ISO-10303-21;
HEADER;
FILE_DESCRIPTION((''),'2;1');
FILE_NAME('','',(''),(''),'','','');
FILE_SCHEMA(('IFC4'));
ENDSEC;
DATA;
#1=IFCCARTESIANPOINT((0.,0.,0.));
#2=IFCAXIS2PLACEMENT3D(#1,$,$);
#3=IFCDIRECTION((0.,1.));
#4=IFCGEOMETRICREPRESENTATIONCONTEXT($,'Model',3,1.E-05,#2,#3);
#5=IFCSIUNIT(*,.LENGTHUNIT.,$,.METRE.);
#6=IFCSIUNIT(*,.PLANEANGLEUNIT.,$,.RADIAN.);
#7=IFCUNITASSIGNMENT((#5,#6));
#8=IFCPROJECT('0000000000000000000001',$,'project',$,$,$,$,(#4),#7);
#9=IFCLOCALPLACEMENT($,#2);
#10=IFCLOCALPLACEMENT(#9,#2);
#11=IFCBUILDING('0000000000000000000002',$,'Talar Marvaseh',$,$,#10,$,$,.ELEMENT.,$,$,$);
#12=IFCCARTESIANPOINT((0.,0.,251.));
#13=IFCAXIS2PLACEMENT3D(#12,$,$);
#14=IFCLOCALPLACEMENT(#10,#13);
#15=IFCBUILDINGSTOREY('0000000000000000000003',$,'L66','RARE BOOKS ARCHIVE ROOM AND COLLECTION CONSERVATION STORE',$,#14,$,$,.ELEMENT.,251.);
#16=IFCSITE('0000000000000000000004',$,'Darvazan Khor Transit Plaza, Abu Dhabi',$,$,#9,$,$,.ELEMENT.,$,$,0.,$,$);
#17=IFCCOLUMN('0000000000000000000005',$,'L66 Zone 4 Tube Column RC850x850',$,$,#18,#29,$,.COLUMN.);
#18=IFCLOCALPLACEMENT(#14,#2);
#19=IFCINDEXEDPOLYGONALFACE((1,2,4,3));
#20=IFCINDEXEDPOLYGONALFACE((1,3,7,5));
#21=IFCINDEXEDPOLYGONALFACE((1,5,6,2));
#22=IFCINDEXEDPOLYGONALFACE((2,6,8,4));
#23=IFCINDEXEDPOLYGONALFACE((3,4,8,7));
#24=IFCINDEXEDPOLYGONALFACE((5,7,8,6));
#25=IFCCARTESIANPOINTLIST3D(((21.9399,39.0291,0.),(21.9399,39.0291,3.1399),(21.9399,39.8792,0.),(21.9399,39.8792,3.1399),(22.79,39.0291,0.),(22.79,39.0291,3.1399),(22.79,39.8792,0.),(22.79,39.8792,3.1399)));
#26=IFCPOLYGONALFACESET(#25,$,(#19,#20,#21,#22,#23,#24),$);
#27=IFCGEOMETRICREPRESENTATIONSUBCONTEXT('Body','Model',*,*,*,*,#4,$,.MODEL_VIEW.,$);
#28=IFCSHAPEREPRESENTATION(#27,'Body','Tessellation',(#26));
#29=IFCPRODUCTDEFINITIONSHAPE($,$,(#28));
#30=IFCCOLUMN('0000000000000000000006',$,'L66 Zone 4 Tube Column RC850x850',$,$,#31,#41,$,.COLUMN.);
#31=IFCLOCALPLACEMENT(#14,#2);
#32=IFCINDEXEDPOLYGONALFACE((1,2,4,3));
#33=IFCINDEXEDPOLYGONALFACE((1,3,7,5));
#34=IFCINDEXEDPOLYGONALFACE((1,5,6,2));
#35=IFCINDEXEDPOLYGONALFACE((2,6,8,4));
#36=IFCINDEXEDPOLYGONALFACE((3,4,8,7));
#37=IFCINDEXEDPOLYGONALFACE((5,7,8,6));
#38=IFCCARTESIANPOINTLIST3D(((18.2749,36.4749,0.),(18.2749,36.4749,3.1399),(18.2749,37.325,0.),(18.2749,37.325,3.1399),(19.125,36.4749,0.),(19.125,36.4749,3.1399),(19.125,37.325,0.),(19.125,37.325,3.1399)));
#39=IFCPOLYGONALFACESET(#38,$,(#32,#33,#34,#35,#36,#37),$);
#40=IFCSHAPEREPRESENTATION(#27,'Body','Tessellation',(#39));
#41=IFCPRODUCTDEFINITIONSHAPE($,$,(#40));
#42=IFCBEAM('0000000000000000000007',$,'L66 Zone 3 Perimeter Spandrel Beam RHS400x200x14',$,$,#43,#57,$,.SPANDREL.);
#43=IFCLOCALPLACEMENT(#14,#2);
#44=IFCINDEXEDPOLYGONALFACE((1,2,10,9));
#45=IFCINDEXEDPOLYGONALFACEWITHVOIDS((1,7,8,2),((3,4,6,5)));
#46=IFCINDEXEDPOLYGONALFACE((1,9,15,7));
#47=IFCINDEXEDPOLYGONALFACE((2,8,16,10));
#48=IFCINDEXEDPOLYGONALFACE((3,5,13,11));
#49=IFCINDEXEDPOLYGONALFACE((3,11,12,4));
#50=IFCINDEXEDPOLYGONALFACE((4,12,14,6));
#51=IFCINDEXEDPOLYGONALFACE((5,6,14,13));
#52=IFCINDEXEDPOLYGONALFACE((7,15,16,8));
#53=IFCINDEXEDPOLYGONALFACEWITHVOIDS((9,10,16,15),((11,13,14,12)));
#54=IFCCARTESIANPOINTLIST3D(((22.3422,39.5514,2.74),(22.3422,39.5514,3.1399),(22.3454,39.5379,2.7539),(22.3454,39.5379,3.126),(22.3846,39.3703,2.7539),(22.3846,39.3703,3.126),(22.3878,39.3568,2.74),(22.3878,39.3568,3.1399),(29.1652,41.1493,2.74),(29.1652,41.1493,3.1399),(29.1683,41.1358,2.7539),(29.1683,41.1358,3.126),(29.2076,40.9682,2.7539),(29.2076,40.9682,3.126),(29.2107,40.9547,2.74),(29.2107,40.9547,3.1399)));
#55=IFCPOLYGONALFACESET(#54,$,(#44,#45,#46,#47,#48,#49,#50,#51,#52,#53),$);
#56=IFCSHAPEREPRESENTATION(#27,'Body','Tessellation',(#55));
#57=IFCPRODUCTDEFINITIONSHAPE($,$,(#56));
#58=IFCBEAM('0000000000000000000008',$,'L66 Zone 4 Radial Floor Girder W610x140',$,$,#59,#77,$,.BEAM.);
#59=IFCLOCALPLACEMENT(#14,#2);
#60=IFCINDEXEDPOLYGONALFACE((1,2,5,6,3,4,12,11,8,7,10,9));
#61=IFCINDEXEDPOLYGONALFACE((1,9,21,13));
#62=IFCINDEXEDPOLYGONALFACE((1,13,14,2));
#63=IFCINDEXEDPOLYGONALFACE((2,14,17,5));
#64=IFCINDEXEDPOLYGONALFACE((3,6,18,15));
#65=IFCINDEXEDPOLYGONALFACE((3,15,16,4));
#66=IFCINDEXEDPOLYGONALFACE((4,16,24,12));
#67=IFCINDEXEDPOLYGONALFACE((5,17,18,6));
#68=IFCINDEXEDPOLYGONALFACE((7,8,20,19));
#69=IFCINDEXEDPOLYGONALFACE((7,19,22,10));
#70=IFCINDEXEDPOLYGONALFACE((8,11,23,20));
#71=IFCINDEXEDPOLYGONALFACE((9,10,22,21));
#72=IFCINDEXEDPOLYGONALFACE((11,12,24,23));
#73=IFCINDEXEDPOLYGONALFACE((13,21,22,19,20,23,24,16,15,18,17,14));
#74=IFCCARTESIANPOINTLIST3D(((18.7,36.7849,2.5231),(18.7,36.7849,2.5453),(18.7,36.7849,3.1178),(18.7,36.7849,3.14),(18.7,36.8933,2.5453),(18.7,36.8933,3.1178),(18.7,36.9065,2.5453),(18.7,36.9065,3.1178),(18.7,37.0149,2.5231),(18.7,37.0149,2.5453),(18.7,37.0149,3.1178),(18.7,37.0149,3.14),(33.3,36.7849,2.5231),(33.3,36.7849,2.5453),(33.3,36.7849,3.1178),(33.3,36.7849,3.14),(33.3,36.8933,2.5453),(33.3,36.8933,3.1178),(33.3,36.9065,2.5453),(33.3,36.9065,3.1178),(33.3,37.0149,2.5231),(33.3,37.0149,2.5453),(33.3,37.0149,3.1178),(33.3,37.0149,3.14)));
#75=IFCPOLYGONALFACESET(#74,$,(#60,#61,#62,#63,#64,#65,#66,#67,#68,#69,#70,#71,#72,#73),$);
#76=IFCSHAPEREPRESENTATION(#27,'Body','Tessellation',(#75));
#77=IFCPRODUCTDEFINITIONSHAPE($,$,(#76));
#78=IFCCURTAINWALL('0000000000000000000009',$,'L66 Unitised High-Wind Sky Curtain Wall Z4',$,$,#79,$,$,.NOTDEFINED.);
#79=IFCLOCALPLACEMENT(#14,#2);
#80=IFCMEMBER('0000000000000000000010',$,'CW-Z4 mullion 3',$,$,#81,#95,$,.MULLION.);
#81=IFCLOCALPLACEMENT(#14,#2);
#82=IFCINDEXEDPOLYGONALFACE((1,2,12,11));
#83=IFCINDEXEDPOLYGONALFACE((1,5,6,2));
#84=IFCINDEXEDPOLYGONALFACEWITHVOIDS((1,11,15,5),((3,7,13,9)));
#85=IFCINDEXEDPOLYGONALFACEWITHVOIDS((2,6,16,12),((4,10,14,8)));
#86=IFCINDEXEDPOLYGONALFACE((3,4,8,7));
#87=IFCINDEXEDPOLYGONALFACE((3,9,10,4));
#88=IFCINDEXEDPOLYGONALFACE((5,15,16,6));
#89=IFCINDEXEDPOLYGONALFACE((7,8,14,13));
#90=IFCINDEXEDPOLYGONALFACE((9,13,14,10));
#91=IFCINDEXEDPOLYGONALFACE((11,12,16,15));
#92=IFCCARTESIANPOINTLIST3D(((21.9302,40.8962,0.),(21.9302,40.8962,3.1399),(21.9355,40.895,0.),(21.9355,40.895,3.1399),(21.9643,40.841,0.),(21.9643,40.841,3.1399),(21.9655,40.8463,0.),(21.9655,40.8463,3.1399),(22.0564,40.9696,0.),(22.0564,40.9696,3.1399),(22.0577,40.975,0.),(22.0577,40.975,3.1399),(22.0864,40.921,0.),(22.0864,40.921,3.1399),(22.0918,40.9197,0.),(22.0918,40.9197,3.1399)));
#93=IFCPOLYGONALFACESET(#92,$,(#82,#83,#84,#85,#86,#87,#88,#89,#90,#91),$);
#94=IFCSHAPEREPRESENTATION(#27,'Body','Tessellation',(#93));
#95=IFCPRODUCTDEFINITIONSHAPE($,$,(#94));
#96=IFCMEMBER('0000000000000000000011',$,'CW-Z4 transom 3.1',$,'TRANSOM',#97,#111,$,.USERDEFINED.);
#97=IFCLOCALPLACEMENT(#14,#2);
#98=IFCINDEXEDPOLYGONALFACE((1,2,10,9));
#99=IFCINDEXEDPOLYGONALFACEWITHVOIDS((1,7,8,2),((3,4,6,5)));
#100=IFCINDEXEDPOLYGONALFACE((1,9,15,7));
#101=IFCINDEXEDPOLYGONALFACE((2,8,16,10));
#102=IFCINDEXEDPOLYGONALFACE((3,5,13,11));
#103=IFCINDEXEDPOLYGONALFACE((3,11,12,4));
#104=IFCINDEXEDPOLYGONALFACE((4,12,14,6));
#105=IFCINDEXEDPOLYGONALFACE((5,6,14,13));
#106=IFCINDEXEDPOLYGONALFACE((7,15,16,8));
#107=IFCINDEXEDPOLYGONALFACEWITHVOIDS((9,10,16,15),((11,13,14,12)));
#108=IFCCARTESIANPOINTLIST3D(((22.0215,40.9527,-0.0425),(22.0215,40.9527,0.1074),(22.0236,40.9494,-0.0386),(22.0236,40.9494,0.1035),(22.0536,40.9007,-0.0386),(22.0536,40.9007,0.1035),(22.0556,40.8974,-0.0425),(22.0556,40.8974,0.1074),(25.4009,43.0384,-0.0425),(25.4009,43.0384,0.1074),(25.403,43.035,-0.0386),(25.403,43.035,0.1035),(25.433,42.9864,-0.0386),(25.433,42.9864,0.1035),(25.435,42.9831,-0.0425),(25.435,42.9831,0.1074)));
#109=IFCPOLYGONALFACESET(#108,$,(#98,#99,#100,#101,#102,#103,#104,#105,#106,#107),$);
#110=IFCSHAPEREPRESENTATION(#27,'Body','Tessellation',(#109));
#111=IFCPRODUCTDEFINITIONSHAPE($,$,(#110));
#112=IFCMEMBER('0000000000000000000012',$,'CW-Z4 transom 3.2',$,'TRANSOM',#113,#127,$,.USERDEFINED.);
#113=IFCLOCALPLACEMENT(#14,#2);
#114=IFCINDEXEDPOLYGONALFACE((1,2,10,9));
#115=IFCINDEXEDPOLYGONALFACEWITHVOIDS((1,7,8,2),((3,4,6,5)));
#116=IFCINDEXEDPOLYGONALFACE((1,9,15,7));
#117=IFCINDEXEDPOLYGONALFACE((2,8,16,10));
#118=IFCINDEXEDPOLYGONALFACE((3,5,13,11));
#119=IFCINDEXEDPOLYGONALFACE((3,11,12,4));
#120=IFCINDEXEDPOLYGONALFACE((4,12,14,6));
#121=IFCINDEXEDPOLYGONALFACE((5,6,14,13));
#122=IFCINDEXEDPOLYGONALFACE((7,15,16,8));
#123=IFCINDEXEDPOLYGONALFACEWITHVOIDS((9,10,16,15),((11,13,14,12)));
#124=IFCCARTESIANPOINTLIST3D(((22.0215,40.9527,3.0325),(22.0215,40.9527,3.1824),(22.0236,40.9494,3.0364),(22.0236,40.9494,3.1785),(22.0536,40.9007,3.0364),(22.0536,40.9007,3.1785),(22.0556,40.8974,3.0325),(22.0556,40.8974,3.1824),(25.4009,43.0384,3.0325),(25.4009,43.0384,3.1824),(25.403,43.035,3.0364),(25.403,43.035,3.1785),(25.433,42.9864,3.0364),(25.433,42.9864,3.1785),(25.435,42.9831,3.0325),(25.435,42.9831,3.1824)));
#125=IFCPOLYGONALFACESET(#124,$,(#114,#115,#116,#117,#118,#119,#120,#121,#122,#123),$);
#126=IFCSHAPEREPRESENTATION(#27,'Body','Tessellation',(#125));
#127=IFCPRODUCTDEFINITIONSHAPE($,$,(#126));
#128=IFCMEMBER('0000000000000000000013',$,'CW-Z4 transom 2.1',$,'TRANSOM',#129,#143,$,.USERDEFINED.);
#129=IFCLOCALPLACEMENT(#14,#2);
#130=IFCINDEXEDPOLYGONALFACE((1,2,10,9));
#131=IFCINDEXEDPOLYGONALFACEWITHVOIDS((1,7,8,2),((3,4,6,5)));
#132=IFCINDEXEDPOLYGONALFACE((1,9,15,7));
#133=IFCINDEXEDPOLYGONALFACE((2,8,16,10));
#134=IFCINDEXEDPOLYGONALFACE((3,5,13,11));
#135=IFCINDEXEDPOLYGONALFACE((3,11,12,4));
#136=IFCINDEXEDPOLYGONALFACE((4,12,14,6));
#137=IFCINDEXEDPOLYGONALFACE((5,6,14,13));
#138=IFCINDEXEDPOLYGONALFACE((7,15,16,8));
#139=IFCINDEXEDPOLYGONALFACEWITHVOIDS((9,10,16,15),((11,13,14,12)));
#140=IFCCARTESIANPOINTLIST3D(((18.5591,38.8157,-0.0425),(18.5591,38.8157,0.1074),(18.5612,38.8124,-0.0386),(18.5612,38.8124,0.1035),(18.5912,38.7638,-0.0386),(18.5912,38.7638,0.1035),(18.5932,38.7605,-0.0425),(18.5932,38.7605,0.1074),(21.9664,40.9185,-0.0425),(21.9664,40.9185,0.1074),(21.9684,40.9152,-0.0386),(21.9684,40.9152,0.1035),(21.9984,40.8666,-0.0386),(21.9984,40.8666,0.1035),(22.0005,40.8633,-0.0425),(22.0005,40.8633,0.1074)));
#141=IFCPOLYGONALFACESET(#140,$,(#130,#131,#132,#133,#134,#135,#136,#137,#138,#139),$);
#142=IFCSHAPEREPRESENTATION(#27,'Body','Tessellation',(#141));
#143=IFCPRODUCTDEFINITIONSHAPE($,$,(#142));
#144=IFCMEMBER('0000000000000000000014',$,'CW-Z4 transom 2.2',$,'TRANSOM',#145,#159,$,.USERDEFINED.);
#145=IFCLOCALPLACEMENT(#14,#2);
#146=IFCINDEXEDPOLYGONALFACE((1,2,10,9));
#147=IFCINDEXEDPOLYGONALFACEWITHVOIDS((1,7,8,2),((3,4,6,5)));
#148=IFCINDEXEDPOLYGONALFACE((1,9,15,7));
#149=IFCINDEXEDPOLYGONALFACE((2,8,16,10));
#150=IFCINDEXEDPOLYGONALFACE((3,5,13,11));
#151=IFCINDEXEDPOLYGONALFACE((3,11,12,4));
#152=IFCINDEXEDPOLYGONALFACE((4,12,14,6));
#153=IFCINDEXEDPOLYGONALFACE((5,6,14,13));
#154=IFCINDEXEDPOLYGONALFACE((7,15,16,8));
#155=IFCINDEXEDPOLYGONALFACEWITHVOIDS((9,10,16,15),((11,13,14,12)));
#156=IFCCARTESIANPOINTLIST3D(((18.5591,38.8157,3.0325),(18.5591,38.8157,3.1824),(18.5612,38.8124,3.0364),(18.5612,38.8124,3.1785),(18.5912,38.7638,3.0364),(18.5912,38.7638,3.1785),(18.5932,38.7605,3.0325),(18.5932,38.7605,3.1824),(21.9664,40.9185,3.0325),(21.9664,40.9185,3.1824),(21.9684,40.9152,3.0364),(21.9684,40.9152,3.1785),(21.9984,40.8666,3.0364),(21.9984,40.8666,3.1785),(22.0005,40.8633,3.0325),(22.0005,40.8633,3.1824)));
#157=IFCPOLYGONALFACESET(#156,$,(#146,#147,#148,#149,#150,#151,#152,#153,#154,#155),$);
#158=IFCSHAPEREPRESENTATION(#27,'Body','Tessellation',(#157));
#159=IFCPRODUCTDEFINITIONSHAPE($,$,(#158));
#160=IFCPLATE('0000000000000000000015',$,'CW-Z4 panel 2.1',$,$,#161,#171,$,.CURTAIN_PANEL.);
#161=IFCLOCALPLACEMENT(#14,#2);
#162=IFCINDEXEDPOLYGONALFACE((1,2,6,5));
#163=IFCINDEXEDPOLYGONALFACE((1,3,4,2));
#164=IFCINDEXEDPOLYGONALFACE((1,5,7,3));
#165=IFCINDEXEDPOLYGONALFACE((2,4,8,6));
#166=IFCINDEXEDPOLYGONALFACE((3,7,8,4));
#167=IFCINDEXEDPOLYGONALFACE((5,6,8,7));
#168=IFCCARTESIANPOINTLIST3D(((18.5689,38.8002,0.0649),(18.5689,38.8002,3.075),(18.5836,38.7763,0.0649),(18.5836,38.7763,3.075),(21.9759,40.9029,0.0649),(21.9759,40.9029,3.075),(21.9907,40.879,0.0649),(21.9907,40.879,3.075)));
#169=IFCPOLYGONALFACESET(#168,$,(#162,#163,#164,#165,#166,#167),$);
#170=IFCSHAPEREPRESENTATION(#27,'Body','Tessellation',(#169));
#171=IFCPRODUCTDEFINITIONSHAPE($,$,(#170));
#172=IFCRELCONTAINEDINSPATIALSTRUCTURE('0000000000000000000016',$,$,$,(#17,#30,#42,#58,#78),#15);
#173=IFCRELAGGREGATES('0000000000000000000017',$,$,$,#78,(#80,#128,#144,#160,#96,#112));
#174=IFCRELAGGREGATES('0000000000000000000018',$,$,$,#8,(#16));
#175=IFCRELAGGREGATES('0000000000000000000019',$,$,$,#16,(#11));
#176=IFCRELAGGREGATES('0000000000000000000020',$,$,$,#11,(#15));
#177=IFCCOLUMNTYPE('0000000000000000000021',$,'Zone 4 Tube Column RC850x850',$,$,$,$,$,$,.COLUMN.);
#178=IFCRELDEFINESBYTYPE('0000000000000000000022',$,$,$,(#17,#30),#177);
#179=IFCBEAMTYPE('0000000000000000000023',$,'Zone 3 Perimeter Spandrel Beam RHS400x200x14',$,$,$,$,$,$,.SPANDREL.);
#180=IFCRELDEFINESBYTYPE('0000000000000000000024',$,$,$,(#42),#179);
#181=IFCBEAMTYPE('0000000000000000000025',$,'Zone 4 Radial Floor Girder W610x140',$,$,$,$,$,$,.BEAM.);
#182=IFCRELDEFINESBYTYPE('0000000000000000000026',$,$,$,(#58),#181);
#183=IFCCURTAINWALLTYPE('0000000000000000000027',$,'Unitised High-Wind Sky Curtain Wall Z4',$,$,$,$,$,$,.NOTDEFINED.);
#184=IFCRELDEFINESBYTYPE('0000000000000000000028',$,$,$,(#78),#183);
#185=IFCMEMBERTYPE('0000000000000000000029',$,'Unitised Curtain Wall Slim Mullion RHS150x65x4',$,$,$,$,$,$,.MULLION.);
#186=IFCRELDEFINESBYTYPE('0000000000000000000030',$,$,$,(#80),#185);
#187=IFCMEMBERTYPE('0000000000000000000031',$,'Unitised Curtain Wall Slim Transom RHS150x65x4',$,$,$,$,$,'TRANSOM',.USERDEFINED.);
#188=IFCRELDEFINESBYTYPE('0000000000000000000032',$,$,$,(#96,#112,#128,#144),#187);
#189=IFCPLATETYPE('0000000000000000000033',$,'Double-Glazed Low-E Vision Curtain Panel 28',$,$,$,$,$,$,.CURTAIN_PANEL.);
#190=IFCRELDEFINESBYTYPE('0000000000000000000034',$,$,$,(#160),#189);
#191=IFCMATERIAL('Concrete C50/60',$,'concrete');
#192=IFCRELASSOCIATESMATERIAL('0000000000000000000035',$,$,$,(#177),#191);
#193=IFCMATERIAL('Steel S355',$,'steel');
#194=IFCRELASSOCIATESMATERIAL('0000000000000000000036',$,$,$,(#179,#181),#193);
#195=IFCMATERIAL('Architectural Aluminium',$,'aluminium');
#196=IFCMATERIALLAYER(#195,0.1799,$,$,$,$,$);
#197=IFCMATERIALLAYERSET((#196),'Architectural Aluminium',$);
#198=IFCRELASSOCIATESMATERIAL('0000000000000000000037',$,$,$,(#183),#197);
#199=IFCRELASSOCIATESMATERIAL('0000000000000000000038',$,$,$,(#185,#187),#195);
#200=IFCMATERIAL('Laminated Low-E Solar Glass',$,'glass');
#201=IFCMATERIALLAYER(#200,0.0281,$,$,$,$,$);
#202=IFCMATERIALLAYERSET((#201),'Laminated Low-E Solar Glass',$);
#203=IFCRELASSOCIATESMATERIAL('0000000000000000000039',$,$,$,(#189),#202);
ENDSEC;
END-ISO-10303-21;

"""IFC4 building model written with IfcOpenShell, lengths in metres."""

from ifc_helpers import new_model, si_unit, direction, frame, origin, origin_2d, place, context, subcontext, project, spatial, rectangle, hollow_rectangle, i_section, extrude, source, transform, mapped, material, layer, layer_set, material_profile, profile_set, type_object, type_shapes, element, aggregate, save


model = new_model("IFC4")

# Units and contexts
model_context = context("Model", 3, precision=1e-05, world=origin(), true_north=direction((0.0, 1.0)))
body_context = subcontext(model_context, "Body", "Model", "MODEL_VIEW")
ifc_project = project(units=[si_unit("LENGTHUNIT", "METRE"), si_unit("PLANEANGLEUNIT", "RADIAN")], contexts=[model_context])

# Site, building, storey
site_placement = place(None, origin())
site = spatial("IfcSite", under=ifc_project, at=site_placement, Name="Darvazan Khor Transit Plaza, Abu Dhabi", CompositionType="ELEMENT", RefElevation=0.0)
building_placement = place(site_placement, origin())
building = spatial("IfcBuilding", under=site, at=building_placement, Name="Talar Marvaseh", CompositionType="ELEMENT")
storey_placement = place(building_placement, frame((0.0, 0.0, 251.0)))
storey = spatial("IfcBuildingStorey", under=building, at=storey_placement, Name="L66", Description="RARE BOOKS ARCHIVE ROOM AND COLLECTION CONSERVATION STORE", CompositionType="ELEMENT", Elevation=251.0)

# Columns
ifc_material_1 = material(Name="Concrete C50/60", Category="concrete")
ifc_material_profile_1 = material_profile(ifc_material_1, rectangle(XDim=0.8501, YDim=0.8501, at=origin_2d()), Name="RC850x850")
ifc_profile_set_1 = profile_set([ifc_material_profile_1], Name="Concrete C50/60")
column_type = type_object("IfcColumnType", Name="Zone 4 Tube Column RC850x850", PredefinedType="COLUMN", material=ifc_profile_set_1)
for number, where, z_axis, x_axis, name in (
    (1, (22.365, 39.4541, 0.0), (0.0, 0.0, 1.0), (1.0, 0.0, 0.0), "L66 Zone 4 Tube Column RC850x850"),
    (2, (18.7, 36.8999, 0.0), (0.0, 0.0, 1.0), (1.0, 0.0, 0.0), "L66 Zone 4 Tube Column RC850x850"),
):
    element("IfcColumn", number, at=place(storey_placement, frame(where, z_axis=z_axis, x_axis=x_axis)), inside=storey, type_object=column_type, Name=name, PredefinedType="COLUMN", context=body_context, shape_type="SweptSolid", body=[
        extrude(rectangle(XDim=0.8501, YDim=0.8501, at=origin_2d()), origin(), (0.0, 0.0, 1.0), 3.1399),
    ])

# Beams
ifc_material_2 = material(Name="Steel S355", Category="steel")
ifc_material_profile_2 = material_profile(ifc_material_2, hollow_rectangle(XDim=0.2, YDim=0.3999, WallThickness=0.0139, at=origin_2d()), Name="RHS400x200x14")
ifc_profile_set_2 = profile_set([ifc_material_profile_2], Name="Steel S355")
beam_type_1 = type_object("IfcBeamType", Name="Zone 3 Perimeter Spandrel Beam RHS400x200x14", PredefinedType="SPANDREL", material=ifc_profile_set_2)
beam_1_placement = place(storey_placement, frame((22.365, 39.4541, 2.9399), z_axis=(0.973656, 0.228024, 0.0), x_axis=(-0.228024, 0.973656, 0.0)))
element("IfcBeam", 3, at=beam_1_placement, inside=storey, type_object=beam_type_1, Name="L66 Zone 3 Perimeter Spandrel Beam RHS400x200x14", PredefinedType="SPANDREL", context=body_context, shape_type="SweptSolid", body=[
    extrude(hollow_rectangle(XDim=0.2, YDim=0.3999, WallThickness=0.0139, at=origin_2d()), origin(), (0.0, 0.0, 1.0), 7.0076),
])
ifc_material_profile_3 = material_profile(ifc_material_2, i_section(OverallWidth=0.23, OverallDepth=0.6169, WebThickness=0.0132, FlangeThickness=0.0222, at=origin_2d()), Name="W610x140")
ifc_profile_set_3 = profile_set([ifc_material_profile_3], Name="Steel S355")
beam_type_2 = type_object("IfcBeamType", Name="Zone 4 Radial Floor Girder W610x140", PredefinedType="BEAM", material=ifc_profile_set_3)
beam_2_placement = place(storey_placement, frame((18.7, 36.8999, 2.8315), z_axis=(1.0, 0.0, 0.0), x_axis=(0.0, 1.0, 0.0)))
element("IfcBeam", 4, at=beam_2_placement, inside=storey, type_object=beam_type_2, Name="L66 Zone 4 Radial Floor Girder W610x140", PredefinedType="BEAM", context=body_context, shape_type="SweptSolid", body=[
    extrude(i_section(OverallWidth=0.23, OverallDepth=0.6169, WebThickness=0.0132, FlangeThickness=0.0222, at=origin_2d()), origin(), (0.0, 0.0, 1.0), 14.6001),
])

# Curtain wall, members, plate
ifc_material_3 = material(Name="Architectural Aluminium", Category="aluminium")
ifc_layer_1 = layer(ifc_material_3, 0.1799)
ifc_layer_set_1 = layer_set([ifc_layer_1], Name="Architectural Aluminium")
curtain_wall_type = type_object("IfcCurtainWallType", Name="Unitised High-Wind Sky Curtain Wall Z4", PredefinedType="NOTDEFINED", material=ifc_layer_set_1)
curtain_wall_placement = place(storey_placement, origin())
curtain_wall = element("IfcCurtainWall", 5, at=curtain_wall_placement, inside=storey, type_object=curtain_wall_type, Name="L66 Unitised High-Wind Sky Curtain Wall Z4", PredefinedType="NOTDEFINED")
ifc_material_profile_4 = material_profile(ifc_material_3, hollow_rectangle(XDim=0.0649, YDim=0.1499, WallThickness=0.0039, at=origin_2d()), Name="RHS150x65x4")
ifc_profile_set_4 = profile_set([ifc_material_profile_4], Name="Architectural Aluminium")
member_type_1 = type_object("IfcMemberType", Name="Unitised Curtain Wall Slim Mullion RHS150x65x4", PredefinedType="MULLION", material=ifc_profile_set_4)
shared_shape_1 = source(origin(), body_context, "Body", "SweptSolid", [
    extrude(hollow_rectangle(XDim=0.0649, YDim=0.1499, WallThickness=0.0039, at=origin_2d()), origin(), (0.0, 0.0, 1.0), 3.1399),
])
type_shapes(member_type_1, [shared_shape_1])
member_1_placement = place(storey_placement, frame((22.011, 40.908, 0.0), z_axis=(0.0, 0.0, 1.0), x_axis=(-0.525202, 0.850977, 0.0)))
member_1 = element("IfcMember", 6, at=member_1_placement, type_object=member_type_1, Name="CW-Z4 mullion 3", PredefinedType="MULLION", context=body_context, shape_type="MappedRepresentation", body=[
    mapped(shared_shape_1, transform((0.0, 0.0, 0.0), x_axis=(1.0, 0.0, 0.0), y_axis=(0.0, 1.0, 0.0), z_axis=(0.0, 0.0, 1.0), scale=1.0)),
])
ifc_material_profile_5 = material_profile(ifc_material_3, hollow_rectangle(XDim=0.0649, YDim=0.1499, WallThickness=0.0039, at=origin_2d()), Name="RHS150x65x4")
ifc_profile_set_5 = profile_set([ifc_material_profile_5], Name="Architectural Aluminium")
member_type_2 = type_object("IfcMemberType", Name="Unitised Curtain Wall Slim Transom RHS150x65x4", ElementType="TRANSOM", PredefinedType="USERDEFINED", material=ifc_profile_set_5)
shared_shape_2 = source(origin(), body_context, "Body", "SweptSolid", [
    extrude(hollow_rectangle(XDim=0.0649, YDim=0.1499, WallThickness=0.0039, at=origin_2d()), origin(), (0.0, 0.0, 1.0), 3.9712),
])
member_2_placement = place(storey_placement, frame((22.0386, 40.925, 0.0325), z_axis=(0.850976, 0.525205, 0.0), x_axis=(-0.525205, 0.850976, 0.0)))
member_2 = element("IfcMember", 7, at=member_2_placement, type_object=member_type_2, Name="CW-Z4 transom 3.1", ObjectType="TRANSOM", PredefinedType="USERDEFINED", context=body_context, shape_type="MappedRepresentation", body=[
    mapped(shared_shape_2, transform((0.0, 0.0, 0.0), x_axis=(1.0, 0.0, 0.0), y_axis=(0.0, 1.0, 0.0), z_axis=(0.0, 0.0, 1.0), scale=1.0)),
])
member_3_placement = place(storey_placement, frame((22.0386, 40.925, 3.1074), z_axis=(0.850976, 0.525205, 0.0), x_axis=(-0.525205, 0.850976, 0.0)))
member_3 = element("IfcMember", 8, at=member_3_placement, type_object=member_type_2, Name="CW-Z4 transom 3.2", ObjectType="TRANSOM", PredefinedType="USERDEFINED", context=body_context, shape_type="MappedRepresentation", body=[
    mapped(shared_shape_2, transform((0.0, 0.0, 0.0), x_axis=(1.0, 0.0, 0.0), y_axis=(0.0, 1.0, 0.0), z_axis=(0.0, 0.0, 1.0), scale=1.0)),
])
shared_shape_3 = source(origin(), body_context, "Body", "SweptSolid", [
    extrude(hollow_rectangle(XDim=0.0649, YDim=0.1499, WallThickness=0.0039, at=origin_2d()), origin(), (0.0, 0.0, 1.0), 4.0039),
])
type_shapes(member_type_2, [shared_shape_2, shared_shape_3])
member_4_placement = place(storey_placement, frame((18.5762, 38.7881, 0.0325), z_axis=(0.850986, 0.525189, 0.0), x_axis=(-0.525189, 0.850986, 0.0)))
member_4 = element("IfcMember", 9, at=member_4_placement, type_object=member_type_2, Name="CW-Z4 transom 2.1", ObjectType="TRANSOM", PredefinedType="USERDEFINED", context=body_context, shape_type="MappedRepresentation", body=[
    mapped(shared_shape_3, transform((0.0, 0.0, 0.0), x_axis=(1.0, 0.0, 0.0), y_axis=(0.0, 1.0, 0.0), z_axis=(0.0, 0.0, 1.0), scale=1.0)),
])
member_5_placement = place(storey_placement, frame((18.5762, 38.7881, 3.1074), z_axis=(0.850986, 0.525189, 0.0), x_axis=(-0.525189, 0.850986, 0.0)))
member_5 = element("IfcMember", 10, at=member_5_placement, type_object=member_type_2, Name="CW-Z4 transom 2.2", ObjectType="TRANSOM", PredefinedType="USERDEFINED", context=body_context, shape_type="MappedRepresentation", body=[
    mapped(shared_shape_3, transform((0.0, 0.0, 0.0), x_axis=(1.0, 0.0, 0.0), y_axis=(0.0, 1.0, 0.0), z_axis=(0.0, 0.0, 1.0), scale=1.0)),
])
ifc_material_4 = material(Name="Laminated Low-E Solar Glass", Category="glass")
ifc_layer_2 = layer(ifc_material_4, 0.0281)
ifc_layer_set_2 = layer_set([ifc_layer_2], Name="Laminated Low-E Solar Glass")
plate_type = type_object("IfcPlateType", Name="Double-Glazed Low-E Vision Curtain Panel 28", PredefinedType="CURTAIN_PANEL", material=ifc_layer_set_2)
shared_shape_4 = source(origin(), body_context, "Body", "SweptSolid", [
    extrude(rectangle(XDim=4.0037, YDim=0.0281, at=origin_2d()), origin(), (0.0, 0.0, 1.0), 3.01),
])
type_shapes(plate_type, [shared_shape_4])
plate_placement = place(storey_placement, frame((20.2798, 39.8396, 0.0649), z_axis=(0.0, 0.0, 1.0), x_axis=(0.850977, 0.525202, 0.0)))
plate = element("IfcPlate", 11, at=plate_placement, type_object=plate_type, Name="CW-Z4 panel 2.1", PredefinedType="CURTAIN_PANEL", context=body_context, shape_type="MappedRepresentation", body=[
    mapped(shared_shape_4, transform((0.0, 0.0, 0.0), x_axis=(1.0, 0.0, 0.0), y_axis=(0.0, 1.0, 0.0), z_axis=(0.0, 0.0, 1.0), scale=1.0)),
])
aggregate(curtain_wall, [member_1, member_4, member_5, plate, member_2, member_3])

save(model, "model.ifc")
